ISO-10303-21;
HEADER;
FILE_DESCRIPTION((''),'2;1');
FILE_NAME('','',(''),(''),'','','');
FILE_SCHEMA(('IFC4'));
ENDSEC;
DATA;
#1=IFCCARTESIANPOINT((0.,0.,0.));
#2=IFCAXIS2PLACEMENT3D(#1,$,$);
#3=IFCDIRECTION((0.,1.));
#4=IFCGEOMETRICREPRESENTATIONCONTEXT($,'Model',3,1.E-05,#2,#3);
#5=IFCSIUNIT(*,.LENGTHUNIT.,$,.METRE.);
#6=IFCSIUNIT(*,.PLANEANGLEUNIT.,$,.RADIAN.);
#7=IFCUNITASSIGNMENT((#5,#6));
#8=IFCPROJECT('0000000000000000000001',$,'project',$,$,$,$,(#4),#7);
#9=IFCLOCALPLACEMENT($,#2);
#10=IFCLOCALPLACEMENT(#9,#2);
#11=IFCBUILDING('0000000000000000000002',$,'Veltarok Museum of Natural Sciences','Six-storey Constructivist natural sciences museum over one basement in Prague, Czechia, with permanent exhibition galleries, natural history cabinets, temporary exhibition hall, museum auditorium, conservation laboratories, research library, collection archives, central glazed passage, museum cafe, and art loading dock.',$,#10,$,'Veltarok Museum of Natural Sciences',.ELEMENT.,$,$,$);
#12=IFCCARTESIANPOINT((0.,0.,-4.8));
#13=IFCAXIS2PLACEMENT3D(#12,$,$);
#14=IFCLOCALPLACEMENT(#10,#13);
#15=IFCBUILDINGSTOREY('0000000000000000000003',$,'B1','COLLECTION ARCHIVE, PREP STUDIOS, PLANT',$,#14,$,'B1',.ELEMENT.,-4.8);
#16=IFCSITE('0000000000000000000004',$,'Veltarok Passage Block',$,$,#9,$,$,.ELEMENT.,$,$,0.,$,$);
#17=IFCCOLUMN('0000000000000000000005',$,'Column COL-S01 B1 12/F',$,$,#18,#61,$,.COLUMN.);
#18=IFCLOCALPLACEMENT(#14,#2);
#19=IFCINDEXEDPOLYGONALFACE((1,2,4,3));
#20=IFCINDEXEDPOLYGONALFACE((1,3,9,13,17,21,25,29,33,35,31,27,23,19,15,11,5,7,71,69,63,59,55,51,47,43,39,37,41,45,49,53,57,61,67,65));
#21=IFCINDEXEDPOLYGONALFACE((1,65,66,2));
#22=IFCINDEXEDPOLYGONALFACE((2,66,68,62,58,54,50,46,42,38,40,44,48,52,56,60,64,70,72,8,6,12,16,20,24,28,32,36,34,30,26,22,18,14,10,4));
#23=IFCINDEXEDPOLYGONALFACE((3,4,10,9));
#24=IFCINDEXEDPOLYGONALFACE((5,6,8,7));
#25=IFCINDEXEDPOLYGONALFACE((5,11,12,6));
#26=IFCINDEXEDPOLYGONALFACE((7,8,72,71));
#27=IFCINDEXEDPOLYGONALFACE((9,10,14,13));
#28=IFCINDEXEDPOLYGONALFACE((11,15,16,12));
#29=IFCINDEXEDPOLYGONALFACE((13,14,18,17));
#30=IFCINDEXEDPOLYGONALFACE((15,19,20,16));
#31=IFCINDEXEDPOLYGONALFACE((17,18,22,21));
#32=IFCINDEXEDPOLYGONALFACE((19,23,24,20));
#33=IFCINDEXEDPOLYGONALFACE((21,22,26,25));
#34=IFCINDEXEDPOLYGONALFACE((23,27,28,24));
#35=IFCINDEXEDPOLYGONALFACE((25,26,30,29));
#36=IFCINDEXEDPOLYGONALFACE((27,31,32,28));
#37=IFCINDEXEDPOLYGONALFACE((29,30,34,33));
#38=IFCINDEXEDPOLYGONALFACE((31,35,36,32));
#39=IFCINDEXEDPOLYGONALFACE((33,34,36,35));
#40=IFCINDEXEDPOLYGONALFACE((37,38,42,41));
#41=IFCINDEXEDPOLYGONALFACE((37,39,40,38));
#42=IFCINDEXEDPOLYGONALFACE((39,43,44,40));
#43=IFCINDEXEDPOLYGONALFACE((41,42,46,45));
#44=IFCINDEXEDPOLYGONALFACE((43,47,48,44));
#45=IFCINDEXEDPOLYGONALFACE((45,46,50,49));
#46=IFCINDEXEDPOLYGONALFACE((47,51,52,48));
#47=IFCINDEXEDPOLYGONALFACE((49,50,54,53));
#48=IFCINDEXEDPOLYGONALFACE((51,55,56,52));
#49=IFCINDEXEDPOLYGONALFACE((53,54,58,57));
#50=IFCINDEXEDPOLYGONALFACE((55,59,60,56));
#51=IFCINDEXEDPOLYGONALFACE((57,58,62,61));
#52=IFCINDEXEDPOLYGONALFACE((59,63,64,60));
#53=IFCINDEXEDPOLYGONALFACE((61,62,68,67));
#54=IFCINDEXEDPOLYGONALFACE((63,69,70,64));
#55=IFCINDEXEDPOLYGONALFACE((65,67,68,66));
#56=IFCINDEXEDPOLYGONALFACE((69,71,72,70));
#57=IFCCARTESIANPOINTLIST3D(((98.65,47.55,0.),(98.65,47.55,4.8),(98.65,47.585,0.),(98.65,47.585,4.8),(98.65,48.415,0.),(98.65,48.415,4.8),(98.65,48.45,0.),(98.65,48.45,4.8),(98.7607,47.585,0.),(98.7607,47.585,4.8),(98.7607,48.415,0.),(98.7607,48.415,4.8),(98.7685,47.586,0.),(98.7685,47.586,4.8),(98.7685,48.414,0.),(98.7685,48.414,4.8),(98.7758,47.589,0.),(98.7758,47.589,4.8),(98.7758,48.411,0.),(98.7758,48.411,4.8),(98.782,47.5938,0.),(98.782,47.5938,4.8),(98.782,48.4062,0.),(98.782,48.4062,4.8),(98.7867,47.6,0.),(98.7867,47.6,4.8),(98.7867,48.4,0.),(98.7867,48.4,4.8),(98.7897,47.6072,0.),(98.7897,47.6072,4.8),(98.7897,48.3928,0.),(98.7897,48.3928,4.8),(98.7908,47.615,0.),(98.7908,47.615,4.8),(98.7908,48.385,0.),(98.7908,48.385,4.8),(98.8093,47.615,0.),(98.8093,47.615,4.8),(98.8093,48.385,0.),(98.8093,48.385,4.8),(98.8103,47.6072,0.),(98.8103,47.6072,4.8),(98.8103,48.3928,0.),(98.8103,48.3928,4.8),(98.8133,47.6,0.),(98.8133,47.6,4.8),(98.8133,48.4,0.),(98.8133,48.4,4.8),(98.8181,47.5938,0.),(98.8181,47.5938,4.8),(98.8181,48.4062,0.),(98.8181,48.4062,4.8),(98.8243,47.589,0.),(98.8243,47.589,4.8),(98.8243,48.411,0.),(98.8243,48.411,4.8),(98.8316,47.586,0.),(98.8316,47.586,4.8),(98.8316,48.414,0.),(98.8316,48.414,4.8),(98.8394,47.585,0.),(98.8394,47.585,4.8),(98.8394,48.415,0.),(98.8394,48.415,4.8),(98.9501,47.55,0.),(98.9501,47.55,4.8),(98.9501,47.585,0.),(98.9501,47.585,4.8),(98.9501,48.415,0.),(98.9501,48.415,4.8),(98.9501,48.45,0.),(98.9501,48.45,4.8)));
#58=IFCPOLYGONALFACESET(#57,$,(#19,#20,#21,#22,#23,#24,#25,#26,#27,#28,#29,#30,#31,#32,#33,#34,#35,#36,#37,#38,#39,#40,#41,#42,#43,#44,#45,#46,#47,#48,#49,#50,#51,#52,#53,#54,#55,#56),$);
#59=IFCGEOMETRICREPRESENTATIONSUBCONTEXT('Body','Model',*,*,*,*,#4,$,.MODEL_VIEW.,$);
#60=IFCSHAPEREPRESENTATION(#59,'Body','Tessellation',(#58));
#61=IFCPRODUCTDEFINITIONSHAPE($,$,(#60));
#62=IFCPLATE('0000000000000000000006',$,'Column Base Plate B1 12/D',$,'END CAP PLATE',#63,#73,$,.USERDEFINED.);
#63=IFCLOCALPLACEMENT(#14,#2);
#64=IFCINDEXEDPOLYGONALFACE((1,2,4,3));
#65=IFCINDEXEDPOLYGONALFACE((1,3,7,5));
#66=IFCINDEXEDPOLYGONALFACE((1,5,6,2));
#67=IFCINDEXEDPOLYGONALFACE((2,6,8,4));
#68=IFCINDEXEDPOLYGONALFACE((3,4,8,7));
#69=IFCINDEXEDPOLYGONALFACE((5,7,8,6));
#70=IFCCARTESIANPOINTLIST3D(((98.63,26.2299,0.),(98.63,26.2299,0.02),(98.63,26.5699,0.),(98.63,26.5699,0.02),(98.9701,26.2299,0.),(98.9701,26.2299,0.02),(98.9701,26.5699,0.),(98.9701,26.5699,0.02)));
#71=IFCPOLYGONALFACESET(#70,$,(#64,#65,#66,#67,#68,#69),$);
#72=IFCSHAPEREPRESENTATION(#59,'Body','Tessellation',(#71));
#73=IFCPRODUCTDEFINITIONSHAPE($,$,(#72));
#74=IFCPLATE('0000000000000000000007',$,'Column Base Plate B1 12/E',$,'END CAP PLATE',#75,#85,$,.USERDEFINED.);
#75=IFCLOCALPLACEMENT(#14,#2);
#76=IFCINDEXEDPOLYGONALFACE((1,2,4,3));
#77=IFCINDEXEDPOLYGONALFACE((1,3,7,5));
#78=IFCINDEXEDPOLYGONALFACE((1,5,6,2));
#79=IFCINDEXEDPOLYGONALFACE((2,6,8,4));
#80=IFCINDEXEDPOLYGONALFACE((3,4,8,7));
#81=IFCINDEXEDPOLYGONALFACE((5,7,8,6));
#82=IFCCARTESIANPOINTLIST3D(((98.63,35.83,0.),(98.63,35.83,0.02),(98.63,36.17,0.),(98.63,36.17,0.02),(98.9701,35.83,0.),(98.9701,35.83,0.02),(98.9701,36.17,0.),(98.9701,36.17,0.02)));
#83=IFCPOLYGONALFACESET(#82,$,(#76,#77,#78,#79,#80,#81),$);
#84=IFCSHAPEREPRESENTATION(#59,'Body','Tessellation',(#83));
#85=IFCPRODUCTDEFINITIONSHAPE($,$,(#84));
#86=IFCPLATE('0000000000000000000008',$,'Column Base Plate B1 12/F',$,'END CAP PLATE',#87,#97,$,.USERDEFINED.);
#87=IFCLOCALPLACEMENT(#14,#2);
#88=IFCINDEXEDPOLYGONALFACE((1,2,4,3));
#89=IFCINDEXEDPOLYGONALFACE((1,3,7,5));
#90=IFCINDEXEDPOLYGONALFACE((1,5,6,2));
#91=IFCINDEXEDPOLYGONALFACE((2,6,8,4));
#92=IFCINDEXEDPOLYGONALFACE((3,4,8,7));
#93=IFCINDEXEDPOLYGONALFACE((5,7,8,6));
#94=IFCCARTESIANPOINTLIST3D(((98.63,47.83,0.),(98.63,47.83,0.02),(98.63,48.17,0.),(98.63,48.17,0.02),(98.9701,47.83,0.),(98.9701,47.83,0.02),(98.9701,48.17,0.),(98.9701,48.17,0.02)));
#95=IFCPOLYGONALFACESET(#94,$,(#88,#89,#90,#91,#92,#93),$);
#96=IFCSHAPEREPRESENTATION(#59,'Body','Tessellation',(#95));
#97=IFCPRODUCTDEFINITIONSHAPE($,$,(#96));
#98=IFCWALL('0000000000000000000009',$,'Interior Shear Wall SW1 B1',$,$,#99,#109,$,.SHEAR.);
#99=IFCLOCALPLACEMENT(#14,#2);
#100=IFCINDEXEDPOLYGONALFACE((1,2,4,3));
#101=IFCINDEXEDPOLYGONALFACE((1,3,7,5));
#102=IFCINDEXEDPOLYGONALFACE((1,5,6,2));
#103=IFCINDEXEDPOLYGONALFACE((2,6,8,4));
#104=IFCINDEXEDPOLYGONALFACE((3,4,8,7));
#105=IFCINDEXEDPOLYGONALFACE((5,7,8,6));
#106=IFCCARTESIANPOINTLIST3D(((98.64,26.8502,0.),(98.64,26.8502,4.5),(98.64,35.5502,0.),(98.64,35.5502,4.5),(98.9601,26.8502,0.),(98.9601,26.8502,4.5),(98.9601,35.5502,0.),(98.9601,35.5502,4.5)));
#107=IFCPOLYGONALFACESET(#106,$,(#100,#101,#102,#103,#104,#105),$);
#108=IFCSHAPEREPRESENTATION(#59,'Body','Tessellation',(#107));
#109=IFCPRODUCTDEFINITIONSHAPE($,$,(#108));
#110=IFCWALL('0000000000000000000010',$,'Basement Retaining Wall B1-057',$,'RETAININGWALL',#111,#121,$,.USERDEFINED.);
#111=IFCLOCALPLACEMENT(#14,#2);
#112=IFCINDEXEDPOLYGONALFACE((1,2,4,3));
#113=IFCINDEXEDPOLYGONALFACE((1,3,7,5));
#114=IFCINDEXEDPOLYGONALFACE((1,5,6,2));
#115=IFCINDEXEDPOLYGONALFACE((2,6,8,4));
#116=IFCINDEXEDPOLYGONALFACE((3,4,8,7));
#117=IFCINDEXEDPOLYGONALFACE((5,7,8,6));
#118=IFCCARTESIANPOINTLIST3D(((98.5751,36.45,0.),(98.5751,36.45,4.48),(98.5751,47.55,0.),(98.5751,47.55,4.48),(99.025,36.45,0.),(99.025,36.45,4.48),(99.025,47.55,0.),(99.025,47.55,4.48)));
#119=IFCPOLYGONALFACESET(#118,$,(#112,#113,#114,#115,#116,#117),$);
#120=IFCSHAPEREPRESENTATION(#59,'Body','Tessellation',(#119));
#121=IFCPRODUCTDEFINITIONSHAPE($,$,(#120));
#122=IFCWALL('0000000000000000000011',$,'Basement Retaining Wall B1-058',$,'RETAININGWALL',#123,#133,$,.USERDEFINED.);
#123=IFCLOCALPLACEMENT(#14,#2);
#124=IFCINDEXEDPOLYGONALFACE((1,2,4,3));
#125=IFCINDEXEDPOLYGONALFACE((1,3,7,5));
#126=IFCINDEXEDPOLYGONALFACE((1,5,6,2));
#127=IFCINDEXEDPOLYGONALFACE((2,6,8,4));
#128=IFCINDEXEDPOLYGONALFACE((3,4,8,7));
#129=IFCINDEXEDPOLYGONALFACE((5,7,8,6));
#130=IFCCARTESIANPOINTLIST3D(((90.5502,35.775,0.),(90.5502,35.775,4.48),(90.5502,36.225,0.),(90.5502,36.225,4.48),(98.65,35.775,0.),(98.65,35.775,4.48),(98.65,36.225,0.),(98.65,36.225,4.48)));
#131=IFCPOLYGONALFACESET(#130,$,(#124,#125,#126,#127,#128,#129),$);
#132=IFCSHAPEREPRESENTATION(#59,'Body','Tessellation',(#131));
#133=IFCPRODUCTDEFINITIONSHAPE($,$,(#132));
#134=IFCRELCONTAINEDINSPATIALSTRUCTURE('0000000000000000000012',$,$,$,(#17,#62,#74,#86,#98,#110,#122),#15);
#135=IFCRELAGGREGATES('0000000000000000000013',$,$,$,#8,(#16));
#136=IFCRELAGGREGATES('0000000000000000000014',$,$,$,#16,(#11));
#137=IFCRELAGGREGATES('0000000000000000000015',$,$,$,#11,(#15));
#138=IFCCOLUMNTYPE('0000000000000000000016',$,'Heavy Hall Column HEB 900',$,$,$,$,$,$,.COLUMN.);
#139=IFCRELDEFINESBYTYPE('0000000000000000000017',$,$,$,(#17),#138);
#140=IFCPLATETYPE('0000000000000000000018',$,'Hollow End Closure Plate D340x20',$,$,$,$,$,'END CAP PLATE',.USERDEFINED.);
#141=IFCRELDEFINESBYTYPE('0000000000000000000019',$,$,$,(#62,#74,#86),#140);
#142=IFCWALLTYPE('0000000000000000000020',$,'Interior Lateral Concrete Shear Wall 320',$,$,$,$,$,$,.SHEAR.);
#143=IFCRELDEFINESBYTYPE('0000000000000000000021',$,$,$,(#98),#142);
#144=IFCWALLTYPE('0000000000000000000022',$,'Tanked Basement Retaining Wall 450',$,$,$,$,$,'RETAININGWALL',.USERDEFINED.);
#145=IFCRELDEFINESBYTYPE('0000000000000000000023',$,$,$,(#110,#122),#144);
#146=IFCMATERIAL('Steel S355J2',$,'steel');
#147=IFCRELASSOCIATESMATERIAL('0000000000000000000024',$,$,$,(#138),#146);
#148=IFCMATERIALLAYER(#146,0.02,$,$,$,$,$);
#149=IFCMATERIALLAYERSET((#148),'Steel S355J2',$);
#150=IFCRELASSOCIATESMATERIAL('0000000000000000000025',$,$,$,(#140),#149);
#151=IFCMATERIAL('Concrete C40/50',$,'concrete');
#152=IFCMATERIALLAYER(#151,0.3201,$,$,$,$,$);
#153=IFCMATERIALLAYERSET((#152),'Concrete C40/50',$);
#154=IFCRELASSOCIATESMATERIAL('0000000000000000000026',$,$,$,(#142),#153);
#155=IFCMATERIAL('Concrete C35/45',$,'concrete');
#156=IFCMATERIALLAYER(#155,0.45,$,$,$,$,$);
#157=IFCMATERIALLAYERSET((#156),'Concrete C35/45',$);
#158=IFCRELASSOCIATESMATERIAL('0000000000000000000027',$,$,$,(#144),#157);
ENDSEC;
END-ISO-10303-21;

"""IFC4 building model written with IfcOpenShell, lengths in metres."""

from ifc_helpers import new_model, si_unit, direction, frame, frame_2d, origin, origin_2d, place, context, subcontext, project, spatial, rectangle, i_section, extrude, material, layer, layer_set, material_profile, profile_set, type_object, element, save


model = new_model("IFC4")

# Units and contexts
model_context = context("Model", 3, precision=1e-05, world=origin(), true_north=direction((0.0, 1.0)))
body_context = subcontext(model_context, "Body", "Model", "MODEL_VIEW")
ifc_project = project(units=[si_unit("LENGTHUNIT", "METRE"), si_unit("PLANEANGLEUNIT", "RADIAN")], contexts=[model_context])

# Site, building, storey
site_placement = place(None, origin())
site = spatial("IfcSite", under=ifc_project, at=site_placement, Name="Veltarok Passage Block", CompositionType="ELEMENT", RefElevation=0.0)
building_placement = place(site_placement, origin())
building = spatial("IfcBuilding", under=site, at=building_placement, Name="Veltarok Museum of Natural Sciences", Description="Six-storey Constructivist natural sciences museum over one basement in Prague, Czechia, with permanent exhibition galleries, natural history cabinets, temporary exhibition hall, museum auditorium, conservation laboratories, research library, collection archives, central glazed passage, museum cafe, and art loading dock.", LongName="Veltarok Museum of Natural Sciences", CompositionType="ELEMENT")
storey_placement = place(building_placement, frame((0.0, 0.0, -4.8)))
storey = spatial("IfcBuildingStorey", under=building, at=storey_placement, Name="B1", Description="COLLECTION ARCHIVE, PREP STUDIOS, PLANT", LongName="B1", CompositionType="ELEMENT", Elevation=-4.8)

# Shared definitions
ifc_material_1 = material(Name="Concrete C35/45", Category="concrete")

# Column
ifc_material_2 = material(Name="Concrete C40/50", Category="concrete")
ifc_material_3 = material(Name="Steel S355J2", Category="steel")
ifc_material_profile_1 = material_profile(ifc_material_3, i_section(OverallWidth=0.3, OverallDepth=0.8999, WebThickness=0.0186, FlangeThickness=0.0349, FilletRadius=0.03, at=origin_2d()), Name="HEB 900")
ifc_profile_set_1 = profile_set([ifc_material_profile_1], Name="Steel S355J2")
column_type_1 = type_object("IfcColumnType", Name="Heavy Hall Column HEB 900", PredefinedType="COLUMN", material=ifc_profile_set_1)
for number, where, z_axis, x_axis, name in (
    (1, (98.8, 48.0, 0.0), (0.0, 0.0, 1.0), (1.0, 0.0, 0.0), "Column COL-S01 B1 12/F"),
):
    element("IfcColumn", number, at=place(storey_placement, frame(where, z_axis=z_axis, x_axis=x_axis)), inside=storey, type_object=column_type_1, Name=name, PredefinedType="COLUMN", context=body_context, shape_type="SweptSolid", body=[
        extrude(i_section(OverallWidth=0.3, OverallDepth=0.8999, WebThickness=0.0186, FlangeThickness=0.0349, FilletRadius=0.03, at=origin_2d()), origin(), (0.0, 0.0, 1.0), 4.8),
    ])

# Plates
ifc_layer_1 = layer(ifc_material_3, 0.02)
ifc_layer_set_1 = layer_set([ifc_layer_1], Name="Steel S355J2")
plate_type = type_object("IfcPlateType", Name="Hollow End Closure Plate D340x20", ElementType="END CAP PLATE", PredefinedType="USERDEFINED", material=ifc_layer_set_1)
for number, where, z_axis, x_axis, name in (
    (2, (98.8, 26.3999, 0.0), (0.0, 0.0, 1.0), (1.0, 0.0, 0.0), "Column Base Plate B1 12/D"),
    (3, (98.8, 36.0, 0.0), (0.0, 0.0, 1.0), (1.0, 0.0, 0.0), "Column Base Plate B1 12/E"),
    (4, (98.8, 48.0, 0.0), (0.0, 0.0, 1.0), (1.0, 0.0, 0.0), "Column Base Plate B1 12/F"),
):
    element("IfcPlate", number, at=place(storey_placement, frame(where, z_axis=z_axis, x_axis=x_axis)), inside=storey, type_object=plate_type, Name=name, ObjectType="END CAP PLATE", PredefinedType="USERDEFINED", context=body_context, shape_type="SweptSolid", body=[
        extrude(rectangle(XDim=0.3401, YDim=0.3401, at=origin_2d()), origin(), (0.0, 0.0, 1.0), 0.02),
    ])

# Walls
ifc_layer_2 = layer(ifc_material_2, 0.3201)
ifc_layer_set_2 = layer_set([ifc_layer_2], Name="Concrete C40/50")
wall_type_1 = type_object("IfcWallType", Name="Interior Lateral Concrete Shear Wall 320", PredefinedType="SHEAR", material=ifc_layer_set_2)
wall_1_placement = place(storey_placement, frame((98.8, 26.8501, 0.0), z_axis=(0.0, 0.0, 1.0), x_axis=(0.0, 1.0, 0.0)))
element("IfcWall", 5, at=wall_1_placement, inside=storey, type_object=wall_type_1, Name="Interior Shear Wall SW1 B1", PredefinedType="SHEAR", context=body_context, shape_type="SweptSolid", body=[
    extrude(rectangle(XDim=8.7, YDim=0.3201, at=frame_2d((4.3501, 0.0))), origin(), (0.0, 0.0, 1.0), 4.5),
])
ifc_layer_3 = layer(ifc_material_1, 0.45)
ifc_layer_set_3 = layer_set([ifc_layer_3], Name="Concrete C35/45")
wall_type_2 = type_object("IfcWallType", Name="Tanked Basement Retaining Wall 450", ElementType="RETAININGWALL", PredefinedType="USERDEFINED", material=ifc_layer_set_3)
wall_2_placement = place(storey_placement, frame((98.8, 47.55, 0.0), z_axis=(0.0, 0.0, 1.0), x_axis=(0.0, -1.0, 0.0)))
element("IfcWall", 6, at=wall_2_placement, inside=storey, type_object=wall_type_2, Name="Basement Retaining Wall B1-057", ObjectType="RETAININGWALL", PredefinedType="USERDEFINED", context=body_context, shape_type="SweptSolid", body=[
    extrude(rectangle(XDim=11.1001, YDim=0.45, at=frame_2d((5.55, 0.0))), origin(), (0.0, 0.0, 1.0), 4.48),
])
wall_3_placement = place(storey_placement, frame((98.6499, 36.0, 0.0), z_axis=(0.0, 0.0, 1.0), x_axis=(-1.0, 0.0, 0.0)))
element("IfcWall", 7, at=wall_3_placement, inside=storey, type_object=wall_type_2, Name="Basement Retaining Wall B1-058", ObjectType="RETAININGWALL", PredefinedType="USERDEFINED", context=body_context, shape_type="SweptSolid", body=[
    extrude(rectangle(XDim=8.0999, YDim=0.45, at=frame_2d((4.0498, 0.0))), origin(), (0.0, 0.0, 1.0), 4.48),
])

save(model, "model.ifc")
